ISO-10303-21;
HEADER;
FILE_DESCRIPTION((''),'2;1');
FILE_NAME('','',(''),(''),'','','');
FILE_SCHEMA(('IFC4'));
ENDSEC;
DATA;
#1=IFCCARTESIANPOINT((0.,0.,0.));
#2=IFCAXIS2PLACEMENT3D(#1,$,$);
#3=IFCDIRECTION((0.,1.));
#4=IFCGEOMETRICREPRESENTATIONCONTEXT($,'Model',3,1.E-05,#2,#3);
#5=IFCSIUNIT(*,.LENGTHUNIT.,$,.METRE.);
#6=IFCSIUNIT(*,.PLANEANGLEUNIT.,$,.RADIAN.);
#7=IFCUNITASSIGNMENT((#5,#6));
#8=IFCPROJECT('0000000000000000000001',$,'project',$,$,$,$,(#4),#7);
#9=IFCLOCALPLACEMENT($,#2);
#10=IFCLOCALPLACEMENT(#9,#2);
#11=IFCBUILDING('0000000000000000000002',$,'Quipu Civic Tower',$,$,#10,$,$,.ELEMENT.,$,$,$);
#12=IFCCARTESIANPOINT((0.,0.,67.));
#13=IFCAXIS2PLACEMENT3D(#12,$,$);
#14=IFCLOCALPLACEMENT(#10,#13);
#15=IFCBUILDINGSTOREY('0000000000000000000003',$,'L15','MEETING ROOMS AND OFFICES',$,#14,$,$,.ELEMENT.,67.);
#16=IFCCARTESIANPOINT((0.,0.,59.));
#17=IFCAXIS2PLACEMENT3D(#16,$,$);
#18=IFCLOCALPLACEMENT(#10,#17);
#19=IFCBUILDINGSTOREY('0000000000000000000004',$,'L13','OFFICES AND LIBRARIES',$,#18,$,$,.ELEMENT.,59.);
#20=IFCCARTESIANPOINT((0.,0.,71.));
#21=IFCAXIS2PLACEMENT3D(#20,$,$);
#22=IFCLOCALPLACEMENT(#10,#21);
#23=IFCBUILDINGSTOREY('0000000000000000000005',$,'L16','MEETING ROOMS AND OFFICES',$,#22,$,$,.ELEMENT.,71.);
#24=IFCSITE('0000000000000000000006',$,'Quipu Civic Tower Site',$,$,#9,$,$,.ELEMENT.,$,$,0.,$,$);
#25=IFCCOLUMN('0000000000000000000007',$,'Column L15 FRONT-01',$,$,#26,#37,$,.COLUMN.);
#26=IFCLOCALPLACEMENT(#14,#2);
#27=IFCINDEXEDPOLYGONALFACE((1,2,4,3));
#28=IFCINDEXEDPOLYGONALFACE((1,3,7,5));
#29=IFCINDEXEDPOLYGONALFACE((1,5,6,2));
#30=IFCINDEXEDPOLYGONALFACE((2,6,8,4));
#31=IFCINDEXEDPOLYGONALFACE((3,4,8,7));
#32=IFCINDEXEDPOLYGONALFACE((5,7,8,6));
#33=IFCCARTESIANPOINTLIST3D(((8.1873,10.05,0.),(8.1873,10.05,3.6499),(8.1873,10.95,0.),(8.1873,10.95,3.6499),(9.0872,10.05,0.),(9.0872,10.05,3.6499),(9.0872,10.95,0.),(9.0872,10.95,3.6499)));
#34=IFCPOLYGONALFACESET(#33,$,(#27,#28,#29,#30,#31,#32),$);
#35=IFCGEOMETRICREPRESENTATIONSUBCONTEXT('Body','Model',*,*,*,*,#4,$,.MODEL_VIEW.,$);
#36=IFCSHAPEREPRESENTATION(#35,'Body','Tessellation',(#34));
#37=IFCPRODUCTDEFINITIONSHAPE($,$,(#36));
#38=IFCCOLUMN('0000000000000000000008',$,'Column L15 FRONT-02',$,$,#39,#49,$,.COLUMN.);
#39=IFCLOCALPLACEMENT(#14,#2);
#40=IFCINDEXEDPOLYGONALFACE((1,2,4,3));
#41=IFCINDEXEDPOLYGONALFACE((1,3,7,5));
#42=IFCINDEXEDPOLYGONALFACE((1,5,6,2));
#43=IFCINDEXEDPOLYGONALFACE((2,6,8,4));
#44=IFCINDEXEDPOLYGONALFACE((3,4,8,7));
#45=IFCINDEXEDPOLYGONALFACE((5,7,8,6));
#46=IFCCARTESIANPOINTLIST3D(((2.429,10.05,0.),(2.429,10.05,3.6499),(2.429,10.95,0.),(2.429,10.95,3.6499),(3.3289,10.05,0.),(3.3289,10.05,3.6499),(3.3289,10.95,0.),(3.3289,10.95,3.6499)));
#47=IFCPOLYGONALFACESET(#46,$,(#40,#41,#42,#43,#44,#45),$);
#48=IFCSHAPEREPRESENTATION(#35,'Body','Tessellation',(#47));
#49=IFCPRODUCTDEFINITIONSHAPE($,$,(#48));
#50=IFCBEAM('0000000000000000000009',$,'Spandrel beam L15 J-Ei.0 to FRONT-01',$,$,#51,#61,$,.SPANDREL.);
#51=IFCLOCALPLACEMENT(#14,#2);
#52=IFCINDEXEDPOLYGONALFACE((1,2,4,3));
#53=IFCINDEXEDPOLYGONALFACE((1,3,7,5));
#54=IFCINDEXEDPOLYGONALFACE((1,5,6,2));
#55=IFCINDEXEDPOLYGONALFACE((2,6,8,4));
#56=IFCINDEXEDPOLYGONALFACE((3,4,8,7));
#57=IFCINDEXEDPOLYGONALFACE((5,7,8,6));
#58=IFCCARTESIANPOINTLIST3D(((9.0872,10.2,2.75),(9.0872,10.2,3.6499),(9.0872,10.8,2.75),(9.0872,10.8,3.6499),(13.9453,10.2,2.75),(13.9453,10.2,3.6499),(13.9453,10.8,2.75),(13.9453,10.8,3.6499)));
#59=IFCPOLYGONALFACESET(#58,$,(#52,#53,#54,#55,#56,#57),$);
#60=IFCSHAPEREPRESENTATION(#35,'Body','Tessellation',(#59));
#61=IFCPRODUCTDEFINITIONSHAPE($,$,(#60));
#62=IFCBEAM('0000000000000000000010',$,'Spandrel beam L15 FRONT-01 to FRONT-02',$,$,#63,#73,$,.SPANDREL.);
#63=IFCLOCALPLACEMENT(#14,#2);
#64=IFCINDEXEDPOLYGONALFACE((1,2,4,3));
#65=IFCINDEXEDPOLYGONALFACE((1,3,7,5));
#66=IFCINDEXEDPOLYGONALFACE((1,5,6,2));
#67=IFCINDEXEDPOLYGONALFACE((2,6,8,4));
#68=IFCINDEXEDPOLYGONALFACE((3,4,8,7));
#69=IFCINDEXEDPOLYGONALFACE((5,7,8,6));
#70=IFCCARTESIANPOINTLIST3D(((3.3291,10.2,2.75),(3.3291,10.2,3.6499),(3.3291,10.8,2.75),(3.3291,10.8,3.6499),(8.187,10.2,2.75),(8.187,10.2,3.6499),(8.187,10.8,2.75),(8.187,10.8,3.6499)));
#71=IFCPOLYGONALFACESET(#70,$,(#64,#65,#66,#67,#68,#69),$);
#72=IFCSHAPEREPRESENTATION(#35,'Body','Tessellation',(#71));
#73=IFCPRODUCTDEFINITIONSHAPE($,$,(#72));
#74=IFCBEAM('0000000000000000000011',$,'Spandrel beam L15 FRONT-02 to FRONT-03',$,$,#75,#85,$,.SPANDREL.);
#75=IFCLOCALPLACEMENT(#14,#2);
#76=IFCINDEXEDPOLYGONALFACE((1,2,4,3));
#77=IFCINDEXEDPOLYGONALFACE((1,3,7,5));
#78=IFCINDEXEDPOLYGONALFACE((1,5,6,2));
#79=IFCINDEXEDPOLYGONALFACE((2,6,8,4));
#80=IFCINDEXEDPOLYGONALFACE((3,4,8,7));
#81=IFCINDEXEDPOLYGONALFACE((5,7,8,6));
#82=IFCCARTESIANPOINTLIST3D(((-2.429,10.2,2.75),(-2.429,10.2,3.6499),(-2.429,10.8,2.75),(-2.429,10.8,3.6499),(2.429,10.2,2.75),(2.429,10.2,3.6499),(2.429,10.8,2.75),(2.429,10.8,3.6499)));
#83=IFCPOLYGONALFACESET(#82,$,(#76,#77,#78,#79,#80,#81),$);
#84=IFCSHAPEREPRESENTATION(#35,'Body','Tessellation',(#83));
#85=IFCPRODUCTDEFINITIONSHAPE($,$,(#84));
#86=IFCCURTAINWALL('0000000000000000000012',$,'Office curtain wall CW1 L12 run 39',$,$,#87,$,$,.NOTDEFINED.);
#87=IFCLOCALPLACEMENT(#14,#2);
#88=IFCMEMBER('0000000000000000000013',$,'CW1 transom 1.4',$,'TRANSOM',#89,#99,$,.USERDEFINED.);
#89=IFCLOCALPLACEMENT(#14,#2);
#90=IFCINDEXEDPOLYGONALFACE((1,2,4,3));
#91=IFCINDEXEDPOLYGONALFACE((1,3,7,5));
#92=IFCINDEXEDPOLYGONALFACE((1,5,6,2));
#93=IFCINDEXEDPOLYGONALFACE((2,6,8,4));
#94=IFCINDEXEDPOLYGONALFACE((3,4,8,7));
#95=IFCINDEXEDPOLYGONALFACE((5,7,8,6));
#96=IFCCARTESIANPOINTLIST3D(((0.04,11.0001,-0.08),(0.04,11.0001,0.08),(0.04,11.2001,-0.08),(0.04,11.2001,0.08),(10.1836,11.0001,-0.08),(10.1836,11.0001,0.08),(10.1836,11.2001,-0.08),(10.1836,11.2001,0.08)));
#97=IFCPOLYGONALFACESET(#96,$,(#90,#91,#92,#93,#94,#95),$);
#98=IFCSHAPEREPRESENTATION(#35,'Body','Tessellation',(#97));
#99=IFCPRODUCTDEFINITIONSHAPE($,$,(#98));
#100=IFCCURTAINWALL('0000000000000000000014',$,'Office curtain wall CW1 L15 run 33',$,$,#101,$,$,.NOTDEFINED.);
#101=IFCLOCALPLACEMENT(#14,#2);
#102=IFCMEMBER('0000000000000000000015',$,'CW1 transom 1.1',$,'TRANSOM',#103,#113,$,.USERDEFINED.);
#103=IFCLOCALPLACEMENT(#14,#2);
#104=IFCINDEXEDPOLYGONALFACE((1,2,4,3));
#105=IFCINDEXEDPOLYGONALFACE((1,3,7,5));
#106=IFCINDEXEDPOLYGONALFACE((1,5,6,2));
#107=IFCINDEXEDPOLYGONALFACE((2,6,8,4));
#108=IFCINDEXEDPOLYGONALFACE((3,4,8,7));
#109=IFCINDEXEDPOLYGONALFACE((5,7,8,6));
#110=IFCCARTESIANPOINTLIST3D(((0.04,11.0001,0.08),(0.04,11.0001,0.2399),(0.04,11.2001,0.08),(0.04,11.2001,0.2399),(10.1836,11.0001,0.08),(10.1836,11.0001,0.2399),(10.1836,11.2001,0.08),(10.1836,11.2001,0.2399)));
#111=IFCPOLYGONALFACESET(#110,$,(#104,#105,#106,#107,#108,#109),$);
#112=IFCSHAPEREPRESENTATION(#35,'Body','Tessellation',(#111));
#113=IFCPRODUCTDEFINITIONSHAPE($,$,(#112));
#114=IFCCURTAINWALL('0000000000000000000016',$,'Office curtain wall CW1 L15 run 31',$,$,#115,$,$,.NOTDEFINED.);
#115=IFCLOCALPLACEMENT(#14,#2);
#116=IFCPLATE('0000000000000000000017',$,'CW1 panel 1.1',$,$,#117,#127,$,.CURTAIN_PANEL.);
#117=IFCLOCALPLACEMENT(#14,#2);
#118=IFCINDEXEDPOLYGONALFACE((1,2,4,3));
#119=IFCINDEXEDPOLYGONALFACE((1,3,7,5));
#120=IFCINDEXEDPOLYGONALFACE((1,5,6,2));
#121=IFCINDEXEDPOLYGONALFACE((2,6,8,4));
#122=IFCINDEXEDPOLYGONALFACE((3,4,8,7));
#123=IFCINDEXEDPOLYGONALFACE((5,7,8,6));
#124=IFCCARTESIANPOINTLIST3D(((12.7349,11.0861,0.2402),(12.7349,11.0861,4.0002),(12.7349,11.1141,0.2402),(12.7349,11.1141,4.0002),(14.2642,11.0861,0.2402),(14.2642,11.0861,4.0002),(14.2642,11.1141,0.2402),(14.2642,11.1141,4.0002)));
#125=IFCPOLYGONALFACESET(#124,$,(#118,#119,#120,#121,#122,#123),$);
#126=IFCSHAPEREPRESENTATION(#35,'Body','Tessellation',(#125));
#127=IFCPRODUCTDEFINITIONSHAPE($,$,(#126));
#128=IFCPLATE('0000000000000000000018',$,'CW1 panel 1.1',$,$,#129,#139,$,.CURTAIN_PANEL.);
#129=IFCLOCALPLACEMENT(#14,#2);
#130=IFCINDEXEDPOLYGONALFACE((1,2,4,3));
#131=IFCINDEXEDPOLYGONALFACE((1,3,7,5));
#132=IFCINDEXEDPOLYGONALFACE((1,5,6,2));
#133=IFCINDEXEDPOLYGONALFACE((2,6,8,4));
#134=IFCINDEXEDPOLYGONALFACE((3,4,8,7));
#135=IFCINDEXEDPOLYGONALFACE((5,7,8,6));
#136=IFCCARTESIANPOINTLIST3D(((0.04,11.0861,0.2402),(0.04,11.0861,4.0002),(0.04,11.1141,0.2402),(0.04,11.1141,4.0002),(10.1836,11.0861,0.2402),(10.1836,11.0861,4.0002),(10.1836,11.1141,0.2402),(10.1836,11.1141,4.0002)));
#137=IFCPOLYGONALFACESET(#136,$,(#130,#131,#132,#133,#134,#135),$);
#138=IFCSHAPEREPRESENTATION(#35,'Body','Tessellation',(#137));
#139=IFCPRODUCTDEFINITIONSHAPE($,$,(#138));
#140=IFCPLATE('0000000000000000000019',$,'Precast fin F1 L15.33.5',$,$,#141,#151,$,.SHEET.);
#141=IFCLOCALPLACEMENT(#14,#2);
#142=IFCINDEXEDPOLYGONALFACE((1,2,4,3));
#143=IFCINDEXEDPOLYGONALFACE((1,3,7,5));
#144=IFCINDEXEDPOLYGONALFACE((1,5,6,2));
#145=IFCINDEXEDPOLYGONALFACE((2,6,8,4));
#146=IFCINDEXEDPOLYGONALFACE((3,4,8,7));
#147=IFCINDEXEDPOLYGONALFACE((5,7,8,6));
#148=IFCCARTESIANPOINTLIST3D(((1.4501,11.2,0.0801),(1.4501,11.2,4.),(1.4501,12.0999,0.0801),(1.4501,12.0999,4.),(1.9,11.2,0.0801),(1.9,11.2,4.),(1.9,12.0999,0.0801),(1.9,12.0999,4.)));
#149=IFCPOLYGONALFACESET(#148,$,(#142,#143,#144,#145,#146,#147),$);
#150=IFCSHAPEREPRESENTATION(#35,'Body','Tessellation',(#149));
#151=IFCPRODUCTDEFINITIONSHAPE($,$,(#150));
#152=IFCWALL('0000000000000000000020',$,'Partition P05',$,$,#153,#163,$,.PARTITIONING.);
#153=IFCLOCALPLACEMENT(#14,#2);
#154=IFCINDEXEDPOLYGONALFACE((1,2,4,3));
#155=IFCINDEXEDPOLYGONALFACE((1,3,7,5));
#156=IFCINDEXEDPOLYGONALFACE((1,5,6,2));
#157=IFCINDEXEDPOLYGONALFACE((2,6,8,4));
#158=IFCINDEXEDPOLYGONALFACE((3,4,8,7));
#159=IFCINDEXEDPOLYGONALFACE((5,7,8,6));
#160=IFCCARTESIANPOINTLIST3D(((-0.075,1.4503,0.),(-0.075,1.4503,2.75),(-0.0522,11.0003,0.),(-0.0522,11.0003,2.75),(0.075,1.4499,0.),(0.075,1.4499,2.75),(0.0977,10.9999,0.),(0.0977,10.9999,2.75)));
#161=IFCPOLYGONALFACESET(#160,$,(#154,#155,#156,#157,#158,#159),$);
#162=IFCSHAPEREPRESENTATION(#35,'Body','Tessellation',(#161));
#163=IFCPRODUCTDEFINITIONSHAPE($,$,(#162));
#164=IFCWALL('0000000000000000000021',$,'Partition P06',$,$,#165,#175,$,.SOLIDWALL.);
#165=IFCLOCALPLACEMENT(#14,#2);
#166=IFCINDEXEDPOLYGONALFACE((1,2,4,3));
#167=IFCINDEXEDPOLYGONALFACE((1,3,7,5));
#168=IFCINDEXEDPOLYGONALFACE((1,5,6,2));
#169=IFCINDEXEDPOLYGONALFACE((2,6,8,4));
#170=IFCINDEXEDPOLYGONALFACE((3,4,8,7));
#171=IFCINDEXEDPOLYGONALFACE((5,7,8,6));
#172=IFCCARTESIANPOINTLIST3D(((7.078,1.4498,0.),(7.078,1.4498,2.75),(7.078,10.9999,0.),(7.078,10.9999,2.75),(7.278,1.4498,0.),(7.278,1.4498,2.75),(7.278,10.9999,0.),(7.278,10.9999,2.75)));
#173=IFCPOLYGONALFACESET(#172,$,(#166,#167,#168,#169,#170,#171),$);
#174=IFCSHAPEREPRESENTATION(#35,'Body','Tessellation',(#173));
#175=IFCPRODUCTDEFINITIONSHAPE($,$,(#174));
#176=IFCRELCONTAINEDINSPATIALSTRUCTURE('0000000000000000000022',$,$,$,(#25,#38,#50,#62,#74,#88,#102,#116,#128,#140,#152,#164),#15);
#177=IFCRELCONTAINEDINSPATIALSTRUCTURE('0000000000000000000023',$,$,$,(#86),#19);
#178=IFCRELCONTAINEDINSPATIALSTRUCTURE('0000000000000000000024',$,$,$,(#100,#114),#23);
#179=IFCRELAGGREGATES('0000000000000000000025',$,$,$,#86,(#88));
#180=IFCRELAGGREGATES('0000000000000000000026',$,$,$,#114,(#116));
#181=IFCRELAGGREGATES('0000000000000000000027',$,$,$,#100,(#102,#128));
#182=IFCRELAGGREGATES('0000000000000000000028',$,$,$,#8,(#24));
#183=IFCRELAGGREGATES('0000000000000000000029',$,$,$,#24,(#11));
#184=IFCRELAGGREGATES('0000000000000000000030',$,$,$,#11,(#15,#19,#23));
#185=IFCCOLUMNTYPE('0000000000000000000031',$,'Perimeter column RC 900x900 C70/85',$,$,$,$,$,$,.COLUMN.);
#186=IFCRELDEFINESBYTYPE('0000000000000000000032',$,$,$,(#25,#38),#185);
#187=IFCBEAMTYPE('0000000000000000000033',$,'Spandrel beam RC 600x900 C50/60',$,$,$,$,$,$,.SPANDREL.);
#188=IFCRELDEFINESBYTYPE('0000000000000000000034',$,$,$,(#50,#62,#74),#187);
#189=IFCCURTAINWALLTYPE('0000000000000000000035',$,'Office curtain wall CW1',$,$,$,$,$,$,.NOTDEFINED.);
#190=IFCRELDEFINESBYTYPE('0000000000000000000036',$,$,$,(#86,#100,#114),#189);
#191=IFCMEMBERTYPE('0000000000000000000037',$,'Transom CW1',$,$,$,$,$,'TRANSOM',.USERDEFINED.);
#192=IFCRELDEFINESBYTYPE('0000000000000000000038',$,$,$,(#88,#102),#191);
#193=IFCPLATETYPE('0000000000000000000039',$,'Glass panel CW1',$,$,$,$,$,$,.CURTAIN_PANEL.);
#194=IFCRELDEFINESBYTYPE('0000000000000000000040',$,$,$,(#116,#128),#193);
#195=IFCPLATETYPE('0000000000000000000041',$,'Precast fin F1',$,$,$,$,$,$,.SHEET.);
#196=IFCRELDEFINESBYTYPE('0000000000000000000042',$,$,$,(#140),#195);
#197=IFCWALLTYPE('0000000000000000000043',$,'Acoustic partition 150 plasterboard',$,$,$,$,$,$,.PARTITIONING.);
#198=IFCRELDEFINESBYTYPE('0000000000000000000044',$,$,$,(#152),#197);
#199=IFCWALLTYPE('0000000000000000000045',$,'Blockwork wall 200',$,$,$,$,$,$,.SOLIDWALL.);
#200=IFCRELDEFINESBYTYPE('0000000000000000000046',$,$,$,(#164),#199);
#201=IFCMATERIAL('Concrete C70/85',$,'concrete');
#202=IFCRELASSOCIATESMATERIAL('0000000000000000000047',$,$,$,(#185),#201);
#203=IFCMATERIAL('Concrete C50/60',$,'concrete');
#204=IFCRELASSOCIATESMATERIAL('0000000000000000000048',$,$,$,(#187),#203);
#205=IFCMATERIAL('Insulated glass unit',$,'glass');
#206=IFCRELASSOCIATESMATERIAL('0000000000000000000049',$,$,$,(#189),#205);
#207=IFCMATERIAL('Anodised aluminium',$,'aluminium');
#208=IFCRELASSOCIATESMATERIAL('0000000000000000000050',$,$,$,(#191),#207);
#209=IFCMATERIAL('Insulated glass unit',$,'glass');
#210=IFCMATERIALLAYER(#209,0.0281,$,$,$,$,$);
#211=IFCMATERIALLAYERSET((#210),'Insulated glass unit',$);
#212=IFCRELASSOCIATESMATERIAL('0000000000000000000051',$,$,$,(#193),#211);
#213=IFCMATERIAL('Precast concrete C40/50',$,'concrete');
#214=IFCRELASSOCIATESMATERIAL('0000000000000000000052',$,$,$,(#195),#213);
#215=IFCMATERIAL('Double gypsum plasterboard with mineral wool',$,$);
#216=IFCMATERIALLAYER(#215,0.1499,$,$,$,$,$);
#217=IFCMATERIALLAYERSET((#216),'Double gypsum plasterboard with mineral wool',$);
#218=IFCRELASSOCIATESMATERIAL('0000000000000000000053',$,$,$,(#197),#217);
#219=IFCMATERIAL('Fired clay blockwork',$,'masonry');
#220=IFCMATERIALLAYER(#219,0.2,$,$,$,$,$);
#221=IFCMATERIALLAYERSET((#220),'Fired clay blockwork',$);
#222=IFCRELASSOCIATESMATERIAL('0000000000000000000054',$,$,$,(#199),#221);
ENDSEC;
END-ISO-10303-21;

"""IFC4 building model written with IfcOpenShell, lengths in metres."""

from ifc_helpers import new_model, si_unit, direction, frame, frame_2d, origin, origin_2d, place, context, subcontext, project, spatial, rectangle, extrude, material, layer, layer_set, material_profile, profile_set, type_object, element, aggregate, save


model = new_model("IFC4")

# Units and contexts
model_context = context("Model", 3, precision=1e-05, world=origin(), true_north=direction((0.0, 1.0)))
body_context = subcontext(model_context, "Body", "Model", "MODEL_VIEW")
ifc_project = project(units=[si_unit("LENGTHUNIT", "METRE"), si_unit("PLANEANGLEUNIT", "RADIAN")], contexts=[model_context])

# Site, building, storey
site_placement = place(None, origin())
site = spatial("IfcSite", under=ifc_project, at=site_placement, Name="Quipu Civic Tower Site", CompositionType="ELEMENT", RefElevation=0.0)
building_placement = place(site_placement, origin())
building = spatial("IfcBuilding", under=site, at=building_placement, Name="Quipu Civic Tower", CompositionType="ELEMENT")
storey_1_placement = place(building_placement, frame((0.0, 0.0, 67.0)))
storey_1 = spatial("IfcBuildingStorey", under=building, at=storey_1_placement, Name="L15", Description="MEETING ROOMS AND OFFICES", CompositionType="ELEMENT", Elevation=67.0)

# Columns
ifc_material_1 = material(Name="Concrete C70/85", Category="concrete")
ifc_material_profile_1 = material_profile(ifc_material_1, rectangle(XDim=0.8999, YDim=0.8999, at=origin_2d()), Name="RC900x900")
ifc_profile_set_1 = profile_set([ifc_material_profile_1], Name="Concrete C70/85")
column_type = type_object("IfcColumnType", Name="Perimeter column RC 900x900 C70/85", PredefinedType="COLUMN", material=ifc_profile_set_1)
for number, where, z_axis, x_axis, name in (
    (1, (8.6372, 10.5, 0.0), (0.0, 0.0, 1.0), (-1.0, 0.0, 0.0), "Column L15 FRONT-01"),
    (2, (2.8789, 10.5, 0.0), (0.0, 0.0, 1.0), (-1.0, 0.0, 0.0), "Column L15 FRONT-02"),
):
    element("IfcColumn", number, at=place(storey_1_placement, frame(where, z_axis=z_axis, x_axis=x_axis)), inside=storey_1, type_object=column_type, Name=name, PredefinedType="COLUMN", context=body_context, shape_type="SweptSolid", body=[
        extrude(rectangle(XDim=0.8999, YDim=0.8999, at=origin_2d()), origin(), (0.0, 0.0, 1.0), 3.6499),
    ])

# Beams
ifc_material_2 = material(Name="Concrete C50/60", Category="concrete")
ifc_material_profile_2 = material_profile(ifc_material_2, rectangle(XDim=0.6001, YDim=0.8999, at=origin_2d()), Name="RC600x900")
ifc_profile_set_2 = profile_set([ifc_material_profile_2], Name="Concrete C50/60")
beam_type = type_object("IfcBeamType", Name="Spandrel beam RC 600x900 C50/60", PredefinedType="SPANDREL", material=ifc_profile_set_2)
beam_placement = place(storey_1_placement, frame((13.9453, 10.5, 3.2), z_axis=(-1.0, 0.0, 0.0), x_axis=(0.0, -1.0, 0.0)))
element("IfcBeam", 3, at=beam_placement, inside=storey_1, type_object=beam_type, Name="Spandrel beam L15 J-Ei.0 to FRONT-01", PredefinedType="SPANDREL", context=body_context, shape_type="SweptSolid", body=[
    extrude(rectangle(XDim=0.6001, YDim=0.8999, at=origin_2d()), origin(), (0.0, 0.0, 1.0), 4.8582),
])
for number, where, z_axis, x_axis, name in (
    (4, (8.187, 10.5, 3.2), (-1.0, 0.0, 0.0), (0.0, -1.0, 0.0), "Spandrel beam L15 FRONT-01 to FRONT-02"),
    (5, (2.429, 10.5, 3.2), (-1.0, 0.0, 0.0), (0.0, -1.0, 0.0), "Spandrel beam L15 FRONT-02 to FRONT-03"),
):
    element("IfcBeam", number, at=place(storey_1_placement, frame(where, z_axis=z_axis, x_axis=x_axis)), inside=storey_1, type_object=beam_type, Name=name, PredefinedType="SPANDREL", context=body_context, shape_type="SweptSolid", body=[
        extrude(rectangle(XDim=0.6001, YDim=0.8999, at=origin_2d()), origin(), (0.0, 0.0, 1.0), 4.8579),
    ])

# Shared definitions
storey_2_placement = place(building_placement, frame((0.0, 0.0, 59.0)))
storey_2 = spatial("IfcBuildingStorey", under=building, at=storey_2_placement, Name="L13", Description="OFFICES AND LIBRARIES", CompositionType="ELEMENT", Elevation=59.0)

# Curtain wall, member
ifc_material_3 = material(Name="Insulated glass unit", Category="glass")
curtain_wall_type = type_object("IfcCurtainWallType", Name="Office curtain wall CW1", PredefinedType="NOTDEFINED", material=ifc_material_3)
curtain_wall_1_placement = place(storey_2_placement, origin())
curtain_wall_1 = element("IfcCurtainWall", 6, at=curtain_wall_1_placement, inside=storey_2, type_object=curtain_wall_type, Name="Office curtain wall CW1 L12 run 39", PredefinedType="NOTDEFINED")
ifc_material_4 = material(Name="Anodised aluminium", Category="aluminium")
ifc_material_profile_3 = material_profile(ifc_material_4, rectangle(XDim=0.2, YDim=0.1599, at=origin_2d()), Name="RECT 200x160")
ifc_profile_set_3 = profile_set([ifc_material_profile_3], Name="Anodised aluminium")
member_type = type_object("IfcMemberType", Name="Transom CW1", ElementType="TRANSOM", PredefinedType="USERDEFINED", material=ifc_profile_set_3)
member_1_placement = place(storey_1_placement, frame((10.1836, 11.1001, 0.0), z_axis=(-1.0, 0.0, 0.0), x_axis=(0.0, -1.0, 0.0)))
member_1 = element("IfcMember", 7, at=member_1_placement, inside=storey_1, type_object=member_type, Name="CW1 transom 1.4", ObjectType="TRANSOM", PredefinedType="USERDEFINED", context=body_context, shape_type="SweptSolid", body=[
    extrude(rectangle(XDim=0.2, YDim=0.1599, at=origin_2d()), origin(), (0.0, 0.0, 1.0), 10.1436),
])
aggregate(curtain_wall_1, [member_1])

# Shared definitions
storey_3_placement = place(building_placement, frame((0.0, 0.0, 71.0)))
storey_3 = spatial("IfcBuildingStorey", under=building, at=storey_3_placement, Name="L16", Description="MEETING ROOMS AND OFFICES", CompositionType="ELEMENT", Elevation=71.0)

# Curtain wall, member
curtain_wall_2_placement = place(storey_3_placement, origin())
curtain_wall_2 = element("IfcCurtainWall", 8, at=curtain_wall_2_placement, inside=storey_3, type_object=curtain_wall_type, Name="Office curtain wall CW1 L15 run 33", PredefinedType="NOTDEFINED")
member_2_placement = place(storey_1_placement, frame((10.1836, 11.1001, 0.1599), z_axis=(-1.0, 0.0, 0.0), x_axis=(0.0, -1.0, 0.0)))
member_2 = element("IfcMember", 9, at=member_2_placement, inside=storey_1, type_object=member_type, Name="CW1 transom 1.1", ObjectType="TRANSOM", PredefinedType="USERDEFINED", context=body_context, shape_type="SweptSolid", body=[
    extrude(rectangle(XDim=0.2, YDim=0.1599, at=origin_2d()), origin(), (0.0, 0.0, 1.0), 10.1436),
])

# Curtain wall, plate
curtain_wall_3_placement = place(storey_3_placement, origin())
curtain_wall_3 = element("IfcCurtainWall", 10, at=curtain_wall_3_placement, inside=storey_3, type_object=curtain_wall_type, Name="Office curtain wall CW1 L15 run 31", PredefinedType="NOTDEFINED")
ifc_material_5 = material(Name="Insulated glass unit", Category="glass")
ifc_layer_1 = layer(ifc_material_5, 0.0281)
ifc_layer_set_1 = layer_set([ifc_layer_1], Name="Insulated glass unit")
plate_type_1 = type_object("IfcPlateType", Name="Glass panel CW1", PredefinedType="CURTAIN_PANEL", material=ifc_layer_set_1)
plate_1_placement = place(storey_1_placement, frame((13.4995, 11.1001, 0.2402), z_axis=(0.0, 0.0, 1.0), x_axis=(-1.0, 0.0, 0.0)))
plate_1 = element("IfcPlate", 11, at=plate_1_placement, inside=storey_1, type_object=plate_type_1, Name="CW1 panel 1.1", PredefinedType="CURTAIN_PANEL", context=body_context, shape_type="SweptSolid", body=[
    extrude(rectangle(XDim=1.5293, YDim=0.0281, at=origin_2d()), origin(), (0.0, 0.0, 1.0), 3.76),
])
aggregate(curtain_wall_3, [plate_1])

# Plates
plate_2_placement = place(storey_1_placement, frame((5.1118, 11.1001, 0.2402), z_axis=(0.0, 0.0, 1.0), x_axis=(-1.0, 0.0, 0.0)))
plate_2 = element("IfcPlate", 12, at=plate_2_placement, inside=storey_1, type_object=plate_type_1, Name="CW1 panel 1.1", PredefinedType="CURTAIN_PANEL", context=body_context, shape_type="SweptSolid", body=[
    extrude(rectangle(XDim=10.1436, YDim=0.0281, at=origin_2d()), origin(), (0.0, 0.0, 1.0), 3.76),
])
aggregate(curtain_wall_2, [member_2, plate_2])
ifc_material_6 = material(Name="Precast concrete C40/50", Category="concrete")
plate_type_2 = type_object("IfcPlateType", Name="Precast fin F1", PredefinedType="SHEET", material=ifc_material_6)
plate_3_placement = place(storey_1_placement, frame((1.675, 11.6499, 0.0801), z_axis=(0.0, 0.0, 1.0), x_axis=(-1.0, 0.0, 0.0)))
element("IfcPlate", 13, at=plate_3_placement, inside=storey_1, type_object=plate_type_2, Name="Precast fin F1 L15.33.5", PredefinedType="SHEET", context=body_context, shape_type="SweptSolid", body=[
    extrude(rectangle(XDim=0.45, YDim=0.8999, at=origin_2d()), origin(), (0.0, 0.0, 1.0), 3.9199),
])

# Walls
ifc_material_7 = material(Name="Double gypsum plasterboard with mineral wool")
ifc_layer_2 = layer(ifc_material_7, 0.1499)
ifc_layer_set_2 = layer_set([ifc_layer_2], Name="Double gypsum plasterboard with mineral wool")
wall_type_1 = type_object("IfcWallType", Name="Acoustic partition 150 plasterboard", PredefinedType="PARTITIONING", material=ifc_layer_set_2)
wall_1_placement = place(storey_1_placement, frame((0.0227, 11.0, 0.0), z_axis=(0.0, 0.0, 1.0), x_axis=(-0.002377, -0.999997, 0.0)))
element("IfcWall", 14, at=wall_1_placement, inside=storey_1, type_object=wall_type_1, Name="Partition P05", PredefinedType="PARTITIONING", context=body_context, shape_type="SweptSolid", body=[
    extrude(rectangle(XDim=9.55, YDim=0.1499, at=frame_2d((4.7749, 0.0))), origin(), (0.0, 0.0, 1.0), 2.75),
])
ifc_material_8 = material(Name="Fired clay blockwork", Category="masonry")
ifc_layer_3 = layer(ifc_material_8, 0.2)
ifc_layer_set_3 = layer_set([ifc_layer_3], Name="Fired clay blockwork")
wall_type_2 = type_object("IfcWallType", Name="Blockwork wall 200", PredefinedType="SOLIDWALL", material=ifc_layer_set_3)
wall_2_placement = place(storey_1_placement, frame((7.178, 1.45, 0.0), z_axis=(0.0, 0.0, 1.0), x_axis=(0.0, 1.0, 0.0)))
element("IfcWall", 15, at=wall_2_placement, inside=storey_1, type_object=wall_type_2, Name="Partition P06", PredefinedType="SOLIDWALL", context=body_context, shape_type="SweptSolid", body=[
    extrude(rectangle(XDim=9.55, YDim=0.2, at=frame_2d((4.7749, 0.0))), origin(), (0.0, 0.0, 1.0), 2.75),
])

save(model, "model.ifc")
